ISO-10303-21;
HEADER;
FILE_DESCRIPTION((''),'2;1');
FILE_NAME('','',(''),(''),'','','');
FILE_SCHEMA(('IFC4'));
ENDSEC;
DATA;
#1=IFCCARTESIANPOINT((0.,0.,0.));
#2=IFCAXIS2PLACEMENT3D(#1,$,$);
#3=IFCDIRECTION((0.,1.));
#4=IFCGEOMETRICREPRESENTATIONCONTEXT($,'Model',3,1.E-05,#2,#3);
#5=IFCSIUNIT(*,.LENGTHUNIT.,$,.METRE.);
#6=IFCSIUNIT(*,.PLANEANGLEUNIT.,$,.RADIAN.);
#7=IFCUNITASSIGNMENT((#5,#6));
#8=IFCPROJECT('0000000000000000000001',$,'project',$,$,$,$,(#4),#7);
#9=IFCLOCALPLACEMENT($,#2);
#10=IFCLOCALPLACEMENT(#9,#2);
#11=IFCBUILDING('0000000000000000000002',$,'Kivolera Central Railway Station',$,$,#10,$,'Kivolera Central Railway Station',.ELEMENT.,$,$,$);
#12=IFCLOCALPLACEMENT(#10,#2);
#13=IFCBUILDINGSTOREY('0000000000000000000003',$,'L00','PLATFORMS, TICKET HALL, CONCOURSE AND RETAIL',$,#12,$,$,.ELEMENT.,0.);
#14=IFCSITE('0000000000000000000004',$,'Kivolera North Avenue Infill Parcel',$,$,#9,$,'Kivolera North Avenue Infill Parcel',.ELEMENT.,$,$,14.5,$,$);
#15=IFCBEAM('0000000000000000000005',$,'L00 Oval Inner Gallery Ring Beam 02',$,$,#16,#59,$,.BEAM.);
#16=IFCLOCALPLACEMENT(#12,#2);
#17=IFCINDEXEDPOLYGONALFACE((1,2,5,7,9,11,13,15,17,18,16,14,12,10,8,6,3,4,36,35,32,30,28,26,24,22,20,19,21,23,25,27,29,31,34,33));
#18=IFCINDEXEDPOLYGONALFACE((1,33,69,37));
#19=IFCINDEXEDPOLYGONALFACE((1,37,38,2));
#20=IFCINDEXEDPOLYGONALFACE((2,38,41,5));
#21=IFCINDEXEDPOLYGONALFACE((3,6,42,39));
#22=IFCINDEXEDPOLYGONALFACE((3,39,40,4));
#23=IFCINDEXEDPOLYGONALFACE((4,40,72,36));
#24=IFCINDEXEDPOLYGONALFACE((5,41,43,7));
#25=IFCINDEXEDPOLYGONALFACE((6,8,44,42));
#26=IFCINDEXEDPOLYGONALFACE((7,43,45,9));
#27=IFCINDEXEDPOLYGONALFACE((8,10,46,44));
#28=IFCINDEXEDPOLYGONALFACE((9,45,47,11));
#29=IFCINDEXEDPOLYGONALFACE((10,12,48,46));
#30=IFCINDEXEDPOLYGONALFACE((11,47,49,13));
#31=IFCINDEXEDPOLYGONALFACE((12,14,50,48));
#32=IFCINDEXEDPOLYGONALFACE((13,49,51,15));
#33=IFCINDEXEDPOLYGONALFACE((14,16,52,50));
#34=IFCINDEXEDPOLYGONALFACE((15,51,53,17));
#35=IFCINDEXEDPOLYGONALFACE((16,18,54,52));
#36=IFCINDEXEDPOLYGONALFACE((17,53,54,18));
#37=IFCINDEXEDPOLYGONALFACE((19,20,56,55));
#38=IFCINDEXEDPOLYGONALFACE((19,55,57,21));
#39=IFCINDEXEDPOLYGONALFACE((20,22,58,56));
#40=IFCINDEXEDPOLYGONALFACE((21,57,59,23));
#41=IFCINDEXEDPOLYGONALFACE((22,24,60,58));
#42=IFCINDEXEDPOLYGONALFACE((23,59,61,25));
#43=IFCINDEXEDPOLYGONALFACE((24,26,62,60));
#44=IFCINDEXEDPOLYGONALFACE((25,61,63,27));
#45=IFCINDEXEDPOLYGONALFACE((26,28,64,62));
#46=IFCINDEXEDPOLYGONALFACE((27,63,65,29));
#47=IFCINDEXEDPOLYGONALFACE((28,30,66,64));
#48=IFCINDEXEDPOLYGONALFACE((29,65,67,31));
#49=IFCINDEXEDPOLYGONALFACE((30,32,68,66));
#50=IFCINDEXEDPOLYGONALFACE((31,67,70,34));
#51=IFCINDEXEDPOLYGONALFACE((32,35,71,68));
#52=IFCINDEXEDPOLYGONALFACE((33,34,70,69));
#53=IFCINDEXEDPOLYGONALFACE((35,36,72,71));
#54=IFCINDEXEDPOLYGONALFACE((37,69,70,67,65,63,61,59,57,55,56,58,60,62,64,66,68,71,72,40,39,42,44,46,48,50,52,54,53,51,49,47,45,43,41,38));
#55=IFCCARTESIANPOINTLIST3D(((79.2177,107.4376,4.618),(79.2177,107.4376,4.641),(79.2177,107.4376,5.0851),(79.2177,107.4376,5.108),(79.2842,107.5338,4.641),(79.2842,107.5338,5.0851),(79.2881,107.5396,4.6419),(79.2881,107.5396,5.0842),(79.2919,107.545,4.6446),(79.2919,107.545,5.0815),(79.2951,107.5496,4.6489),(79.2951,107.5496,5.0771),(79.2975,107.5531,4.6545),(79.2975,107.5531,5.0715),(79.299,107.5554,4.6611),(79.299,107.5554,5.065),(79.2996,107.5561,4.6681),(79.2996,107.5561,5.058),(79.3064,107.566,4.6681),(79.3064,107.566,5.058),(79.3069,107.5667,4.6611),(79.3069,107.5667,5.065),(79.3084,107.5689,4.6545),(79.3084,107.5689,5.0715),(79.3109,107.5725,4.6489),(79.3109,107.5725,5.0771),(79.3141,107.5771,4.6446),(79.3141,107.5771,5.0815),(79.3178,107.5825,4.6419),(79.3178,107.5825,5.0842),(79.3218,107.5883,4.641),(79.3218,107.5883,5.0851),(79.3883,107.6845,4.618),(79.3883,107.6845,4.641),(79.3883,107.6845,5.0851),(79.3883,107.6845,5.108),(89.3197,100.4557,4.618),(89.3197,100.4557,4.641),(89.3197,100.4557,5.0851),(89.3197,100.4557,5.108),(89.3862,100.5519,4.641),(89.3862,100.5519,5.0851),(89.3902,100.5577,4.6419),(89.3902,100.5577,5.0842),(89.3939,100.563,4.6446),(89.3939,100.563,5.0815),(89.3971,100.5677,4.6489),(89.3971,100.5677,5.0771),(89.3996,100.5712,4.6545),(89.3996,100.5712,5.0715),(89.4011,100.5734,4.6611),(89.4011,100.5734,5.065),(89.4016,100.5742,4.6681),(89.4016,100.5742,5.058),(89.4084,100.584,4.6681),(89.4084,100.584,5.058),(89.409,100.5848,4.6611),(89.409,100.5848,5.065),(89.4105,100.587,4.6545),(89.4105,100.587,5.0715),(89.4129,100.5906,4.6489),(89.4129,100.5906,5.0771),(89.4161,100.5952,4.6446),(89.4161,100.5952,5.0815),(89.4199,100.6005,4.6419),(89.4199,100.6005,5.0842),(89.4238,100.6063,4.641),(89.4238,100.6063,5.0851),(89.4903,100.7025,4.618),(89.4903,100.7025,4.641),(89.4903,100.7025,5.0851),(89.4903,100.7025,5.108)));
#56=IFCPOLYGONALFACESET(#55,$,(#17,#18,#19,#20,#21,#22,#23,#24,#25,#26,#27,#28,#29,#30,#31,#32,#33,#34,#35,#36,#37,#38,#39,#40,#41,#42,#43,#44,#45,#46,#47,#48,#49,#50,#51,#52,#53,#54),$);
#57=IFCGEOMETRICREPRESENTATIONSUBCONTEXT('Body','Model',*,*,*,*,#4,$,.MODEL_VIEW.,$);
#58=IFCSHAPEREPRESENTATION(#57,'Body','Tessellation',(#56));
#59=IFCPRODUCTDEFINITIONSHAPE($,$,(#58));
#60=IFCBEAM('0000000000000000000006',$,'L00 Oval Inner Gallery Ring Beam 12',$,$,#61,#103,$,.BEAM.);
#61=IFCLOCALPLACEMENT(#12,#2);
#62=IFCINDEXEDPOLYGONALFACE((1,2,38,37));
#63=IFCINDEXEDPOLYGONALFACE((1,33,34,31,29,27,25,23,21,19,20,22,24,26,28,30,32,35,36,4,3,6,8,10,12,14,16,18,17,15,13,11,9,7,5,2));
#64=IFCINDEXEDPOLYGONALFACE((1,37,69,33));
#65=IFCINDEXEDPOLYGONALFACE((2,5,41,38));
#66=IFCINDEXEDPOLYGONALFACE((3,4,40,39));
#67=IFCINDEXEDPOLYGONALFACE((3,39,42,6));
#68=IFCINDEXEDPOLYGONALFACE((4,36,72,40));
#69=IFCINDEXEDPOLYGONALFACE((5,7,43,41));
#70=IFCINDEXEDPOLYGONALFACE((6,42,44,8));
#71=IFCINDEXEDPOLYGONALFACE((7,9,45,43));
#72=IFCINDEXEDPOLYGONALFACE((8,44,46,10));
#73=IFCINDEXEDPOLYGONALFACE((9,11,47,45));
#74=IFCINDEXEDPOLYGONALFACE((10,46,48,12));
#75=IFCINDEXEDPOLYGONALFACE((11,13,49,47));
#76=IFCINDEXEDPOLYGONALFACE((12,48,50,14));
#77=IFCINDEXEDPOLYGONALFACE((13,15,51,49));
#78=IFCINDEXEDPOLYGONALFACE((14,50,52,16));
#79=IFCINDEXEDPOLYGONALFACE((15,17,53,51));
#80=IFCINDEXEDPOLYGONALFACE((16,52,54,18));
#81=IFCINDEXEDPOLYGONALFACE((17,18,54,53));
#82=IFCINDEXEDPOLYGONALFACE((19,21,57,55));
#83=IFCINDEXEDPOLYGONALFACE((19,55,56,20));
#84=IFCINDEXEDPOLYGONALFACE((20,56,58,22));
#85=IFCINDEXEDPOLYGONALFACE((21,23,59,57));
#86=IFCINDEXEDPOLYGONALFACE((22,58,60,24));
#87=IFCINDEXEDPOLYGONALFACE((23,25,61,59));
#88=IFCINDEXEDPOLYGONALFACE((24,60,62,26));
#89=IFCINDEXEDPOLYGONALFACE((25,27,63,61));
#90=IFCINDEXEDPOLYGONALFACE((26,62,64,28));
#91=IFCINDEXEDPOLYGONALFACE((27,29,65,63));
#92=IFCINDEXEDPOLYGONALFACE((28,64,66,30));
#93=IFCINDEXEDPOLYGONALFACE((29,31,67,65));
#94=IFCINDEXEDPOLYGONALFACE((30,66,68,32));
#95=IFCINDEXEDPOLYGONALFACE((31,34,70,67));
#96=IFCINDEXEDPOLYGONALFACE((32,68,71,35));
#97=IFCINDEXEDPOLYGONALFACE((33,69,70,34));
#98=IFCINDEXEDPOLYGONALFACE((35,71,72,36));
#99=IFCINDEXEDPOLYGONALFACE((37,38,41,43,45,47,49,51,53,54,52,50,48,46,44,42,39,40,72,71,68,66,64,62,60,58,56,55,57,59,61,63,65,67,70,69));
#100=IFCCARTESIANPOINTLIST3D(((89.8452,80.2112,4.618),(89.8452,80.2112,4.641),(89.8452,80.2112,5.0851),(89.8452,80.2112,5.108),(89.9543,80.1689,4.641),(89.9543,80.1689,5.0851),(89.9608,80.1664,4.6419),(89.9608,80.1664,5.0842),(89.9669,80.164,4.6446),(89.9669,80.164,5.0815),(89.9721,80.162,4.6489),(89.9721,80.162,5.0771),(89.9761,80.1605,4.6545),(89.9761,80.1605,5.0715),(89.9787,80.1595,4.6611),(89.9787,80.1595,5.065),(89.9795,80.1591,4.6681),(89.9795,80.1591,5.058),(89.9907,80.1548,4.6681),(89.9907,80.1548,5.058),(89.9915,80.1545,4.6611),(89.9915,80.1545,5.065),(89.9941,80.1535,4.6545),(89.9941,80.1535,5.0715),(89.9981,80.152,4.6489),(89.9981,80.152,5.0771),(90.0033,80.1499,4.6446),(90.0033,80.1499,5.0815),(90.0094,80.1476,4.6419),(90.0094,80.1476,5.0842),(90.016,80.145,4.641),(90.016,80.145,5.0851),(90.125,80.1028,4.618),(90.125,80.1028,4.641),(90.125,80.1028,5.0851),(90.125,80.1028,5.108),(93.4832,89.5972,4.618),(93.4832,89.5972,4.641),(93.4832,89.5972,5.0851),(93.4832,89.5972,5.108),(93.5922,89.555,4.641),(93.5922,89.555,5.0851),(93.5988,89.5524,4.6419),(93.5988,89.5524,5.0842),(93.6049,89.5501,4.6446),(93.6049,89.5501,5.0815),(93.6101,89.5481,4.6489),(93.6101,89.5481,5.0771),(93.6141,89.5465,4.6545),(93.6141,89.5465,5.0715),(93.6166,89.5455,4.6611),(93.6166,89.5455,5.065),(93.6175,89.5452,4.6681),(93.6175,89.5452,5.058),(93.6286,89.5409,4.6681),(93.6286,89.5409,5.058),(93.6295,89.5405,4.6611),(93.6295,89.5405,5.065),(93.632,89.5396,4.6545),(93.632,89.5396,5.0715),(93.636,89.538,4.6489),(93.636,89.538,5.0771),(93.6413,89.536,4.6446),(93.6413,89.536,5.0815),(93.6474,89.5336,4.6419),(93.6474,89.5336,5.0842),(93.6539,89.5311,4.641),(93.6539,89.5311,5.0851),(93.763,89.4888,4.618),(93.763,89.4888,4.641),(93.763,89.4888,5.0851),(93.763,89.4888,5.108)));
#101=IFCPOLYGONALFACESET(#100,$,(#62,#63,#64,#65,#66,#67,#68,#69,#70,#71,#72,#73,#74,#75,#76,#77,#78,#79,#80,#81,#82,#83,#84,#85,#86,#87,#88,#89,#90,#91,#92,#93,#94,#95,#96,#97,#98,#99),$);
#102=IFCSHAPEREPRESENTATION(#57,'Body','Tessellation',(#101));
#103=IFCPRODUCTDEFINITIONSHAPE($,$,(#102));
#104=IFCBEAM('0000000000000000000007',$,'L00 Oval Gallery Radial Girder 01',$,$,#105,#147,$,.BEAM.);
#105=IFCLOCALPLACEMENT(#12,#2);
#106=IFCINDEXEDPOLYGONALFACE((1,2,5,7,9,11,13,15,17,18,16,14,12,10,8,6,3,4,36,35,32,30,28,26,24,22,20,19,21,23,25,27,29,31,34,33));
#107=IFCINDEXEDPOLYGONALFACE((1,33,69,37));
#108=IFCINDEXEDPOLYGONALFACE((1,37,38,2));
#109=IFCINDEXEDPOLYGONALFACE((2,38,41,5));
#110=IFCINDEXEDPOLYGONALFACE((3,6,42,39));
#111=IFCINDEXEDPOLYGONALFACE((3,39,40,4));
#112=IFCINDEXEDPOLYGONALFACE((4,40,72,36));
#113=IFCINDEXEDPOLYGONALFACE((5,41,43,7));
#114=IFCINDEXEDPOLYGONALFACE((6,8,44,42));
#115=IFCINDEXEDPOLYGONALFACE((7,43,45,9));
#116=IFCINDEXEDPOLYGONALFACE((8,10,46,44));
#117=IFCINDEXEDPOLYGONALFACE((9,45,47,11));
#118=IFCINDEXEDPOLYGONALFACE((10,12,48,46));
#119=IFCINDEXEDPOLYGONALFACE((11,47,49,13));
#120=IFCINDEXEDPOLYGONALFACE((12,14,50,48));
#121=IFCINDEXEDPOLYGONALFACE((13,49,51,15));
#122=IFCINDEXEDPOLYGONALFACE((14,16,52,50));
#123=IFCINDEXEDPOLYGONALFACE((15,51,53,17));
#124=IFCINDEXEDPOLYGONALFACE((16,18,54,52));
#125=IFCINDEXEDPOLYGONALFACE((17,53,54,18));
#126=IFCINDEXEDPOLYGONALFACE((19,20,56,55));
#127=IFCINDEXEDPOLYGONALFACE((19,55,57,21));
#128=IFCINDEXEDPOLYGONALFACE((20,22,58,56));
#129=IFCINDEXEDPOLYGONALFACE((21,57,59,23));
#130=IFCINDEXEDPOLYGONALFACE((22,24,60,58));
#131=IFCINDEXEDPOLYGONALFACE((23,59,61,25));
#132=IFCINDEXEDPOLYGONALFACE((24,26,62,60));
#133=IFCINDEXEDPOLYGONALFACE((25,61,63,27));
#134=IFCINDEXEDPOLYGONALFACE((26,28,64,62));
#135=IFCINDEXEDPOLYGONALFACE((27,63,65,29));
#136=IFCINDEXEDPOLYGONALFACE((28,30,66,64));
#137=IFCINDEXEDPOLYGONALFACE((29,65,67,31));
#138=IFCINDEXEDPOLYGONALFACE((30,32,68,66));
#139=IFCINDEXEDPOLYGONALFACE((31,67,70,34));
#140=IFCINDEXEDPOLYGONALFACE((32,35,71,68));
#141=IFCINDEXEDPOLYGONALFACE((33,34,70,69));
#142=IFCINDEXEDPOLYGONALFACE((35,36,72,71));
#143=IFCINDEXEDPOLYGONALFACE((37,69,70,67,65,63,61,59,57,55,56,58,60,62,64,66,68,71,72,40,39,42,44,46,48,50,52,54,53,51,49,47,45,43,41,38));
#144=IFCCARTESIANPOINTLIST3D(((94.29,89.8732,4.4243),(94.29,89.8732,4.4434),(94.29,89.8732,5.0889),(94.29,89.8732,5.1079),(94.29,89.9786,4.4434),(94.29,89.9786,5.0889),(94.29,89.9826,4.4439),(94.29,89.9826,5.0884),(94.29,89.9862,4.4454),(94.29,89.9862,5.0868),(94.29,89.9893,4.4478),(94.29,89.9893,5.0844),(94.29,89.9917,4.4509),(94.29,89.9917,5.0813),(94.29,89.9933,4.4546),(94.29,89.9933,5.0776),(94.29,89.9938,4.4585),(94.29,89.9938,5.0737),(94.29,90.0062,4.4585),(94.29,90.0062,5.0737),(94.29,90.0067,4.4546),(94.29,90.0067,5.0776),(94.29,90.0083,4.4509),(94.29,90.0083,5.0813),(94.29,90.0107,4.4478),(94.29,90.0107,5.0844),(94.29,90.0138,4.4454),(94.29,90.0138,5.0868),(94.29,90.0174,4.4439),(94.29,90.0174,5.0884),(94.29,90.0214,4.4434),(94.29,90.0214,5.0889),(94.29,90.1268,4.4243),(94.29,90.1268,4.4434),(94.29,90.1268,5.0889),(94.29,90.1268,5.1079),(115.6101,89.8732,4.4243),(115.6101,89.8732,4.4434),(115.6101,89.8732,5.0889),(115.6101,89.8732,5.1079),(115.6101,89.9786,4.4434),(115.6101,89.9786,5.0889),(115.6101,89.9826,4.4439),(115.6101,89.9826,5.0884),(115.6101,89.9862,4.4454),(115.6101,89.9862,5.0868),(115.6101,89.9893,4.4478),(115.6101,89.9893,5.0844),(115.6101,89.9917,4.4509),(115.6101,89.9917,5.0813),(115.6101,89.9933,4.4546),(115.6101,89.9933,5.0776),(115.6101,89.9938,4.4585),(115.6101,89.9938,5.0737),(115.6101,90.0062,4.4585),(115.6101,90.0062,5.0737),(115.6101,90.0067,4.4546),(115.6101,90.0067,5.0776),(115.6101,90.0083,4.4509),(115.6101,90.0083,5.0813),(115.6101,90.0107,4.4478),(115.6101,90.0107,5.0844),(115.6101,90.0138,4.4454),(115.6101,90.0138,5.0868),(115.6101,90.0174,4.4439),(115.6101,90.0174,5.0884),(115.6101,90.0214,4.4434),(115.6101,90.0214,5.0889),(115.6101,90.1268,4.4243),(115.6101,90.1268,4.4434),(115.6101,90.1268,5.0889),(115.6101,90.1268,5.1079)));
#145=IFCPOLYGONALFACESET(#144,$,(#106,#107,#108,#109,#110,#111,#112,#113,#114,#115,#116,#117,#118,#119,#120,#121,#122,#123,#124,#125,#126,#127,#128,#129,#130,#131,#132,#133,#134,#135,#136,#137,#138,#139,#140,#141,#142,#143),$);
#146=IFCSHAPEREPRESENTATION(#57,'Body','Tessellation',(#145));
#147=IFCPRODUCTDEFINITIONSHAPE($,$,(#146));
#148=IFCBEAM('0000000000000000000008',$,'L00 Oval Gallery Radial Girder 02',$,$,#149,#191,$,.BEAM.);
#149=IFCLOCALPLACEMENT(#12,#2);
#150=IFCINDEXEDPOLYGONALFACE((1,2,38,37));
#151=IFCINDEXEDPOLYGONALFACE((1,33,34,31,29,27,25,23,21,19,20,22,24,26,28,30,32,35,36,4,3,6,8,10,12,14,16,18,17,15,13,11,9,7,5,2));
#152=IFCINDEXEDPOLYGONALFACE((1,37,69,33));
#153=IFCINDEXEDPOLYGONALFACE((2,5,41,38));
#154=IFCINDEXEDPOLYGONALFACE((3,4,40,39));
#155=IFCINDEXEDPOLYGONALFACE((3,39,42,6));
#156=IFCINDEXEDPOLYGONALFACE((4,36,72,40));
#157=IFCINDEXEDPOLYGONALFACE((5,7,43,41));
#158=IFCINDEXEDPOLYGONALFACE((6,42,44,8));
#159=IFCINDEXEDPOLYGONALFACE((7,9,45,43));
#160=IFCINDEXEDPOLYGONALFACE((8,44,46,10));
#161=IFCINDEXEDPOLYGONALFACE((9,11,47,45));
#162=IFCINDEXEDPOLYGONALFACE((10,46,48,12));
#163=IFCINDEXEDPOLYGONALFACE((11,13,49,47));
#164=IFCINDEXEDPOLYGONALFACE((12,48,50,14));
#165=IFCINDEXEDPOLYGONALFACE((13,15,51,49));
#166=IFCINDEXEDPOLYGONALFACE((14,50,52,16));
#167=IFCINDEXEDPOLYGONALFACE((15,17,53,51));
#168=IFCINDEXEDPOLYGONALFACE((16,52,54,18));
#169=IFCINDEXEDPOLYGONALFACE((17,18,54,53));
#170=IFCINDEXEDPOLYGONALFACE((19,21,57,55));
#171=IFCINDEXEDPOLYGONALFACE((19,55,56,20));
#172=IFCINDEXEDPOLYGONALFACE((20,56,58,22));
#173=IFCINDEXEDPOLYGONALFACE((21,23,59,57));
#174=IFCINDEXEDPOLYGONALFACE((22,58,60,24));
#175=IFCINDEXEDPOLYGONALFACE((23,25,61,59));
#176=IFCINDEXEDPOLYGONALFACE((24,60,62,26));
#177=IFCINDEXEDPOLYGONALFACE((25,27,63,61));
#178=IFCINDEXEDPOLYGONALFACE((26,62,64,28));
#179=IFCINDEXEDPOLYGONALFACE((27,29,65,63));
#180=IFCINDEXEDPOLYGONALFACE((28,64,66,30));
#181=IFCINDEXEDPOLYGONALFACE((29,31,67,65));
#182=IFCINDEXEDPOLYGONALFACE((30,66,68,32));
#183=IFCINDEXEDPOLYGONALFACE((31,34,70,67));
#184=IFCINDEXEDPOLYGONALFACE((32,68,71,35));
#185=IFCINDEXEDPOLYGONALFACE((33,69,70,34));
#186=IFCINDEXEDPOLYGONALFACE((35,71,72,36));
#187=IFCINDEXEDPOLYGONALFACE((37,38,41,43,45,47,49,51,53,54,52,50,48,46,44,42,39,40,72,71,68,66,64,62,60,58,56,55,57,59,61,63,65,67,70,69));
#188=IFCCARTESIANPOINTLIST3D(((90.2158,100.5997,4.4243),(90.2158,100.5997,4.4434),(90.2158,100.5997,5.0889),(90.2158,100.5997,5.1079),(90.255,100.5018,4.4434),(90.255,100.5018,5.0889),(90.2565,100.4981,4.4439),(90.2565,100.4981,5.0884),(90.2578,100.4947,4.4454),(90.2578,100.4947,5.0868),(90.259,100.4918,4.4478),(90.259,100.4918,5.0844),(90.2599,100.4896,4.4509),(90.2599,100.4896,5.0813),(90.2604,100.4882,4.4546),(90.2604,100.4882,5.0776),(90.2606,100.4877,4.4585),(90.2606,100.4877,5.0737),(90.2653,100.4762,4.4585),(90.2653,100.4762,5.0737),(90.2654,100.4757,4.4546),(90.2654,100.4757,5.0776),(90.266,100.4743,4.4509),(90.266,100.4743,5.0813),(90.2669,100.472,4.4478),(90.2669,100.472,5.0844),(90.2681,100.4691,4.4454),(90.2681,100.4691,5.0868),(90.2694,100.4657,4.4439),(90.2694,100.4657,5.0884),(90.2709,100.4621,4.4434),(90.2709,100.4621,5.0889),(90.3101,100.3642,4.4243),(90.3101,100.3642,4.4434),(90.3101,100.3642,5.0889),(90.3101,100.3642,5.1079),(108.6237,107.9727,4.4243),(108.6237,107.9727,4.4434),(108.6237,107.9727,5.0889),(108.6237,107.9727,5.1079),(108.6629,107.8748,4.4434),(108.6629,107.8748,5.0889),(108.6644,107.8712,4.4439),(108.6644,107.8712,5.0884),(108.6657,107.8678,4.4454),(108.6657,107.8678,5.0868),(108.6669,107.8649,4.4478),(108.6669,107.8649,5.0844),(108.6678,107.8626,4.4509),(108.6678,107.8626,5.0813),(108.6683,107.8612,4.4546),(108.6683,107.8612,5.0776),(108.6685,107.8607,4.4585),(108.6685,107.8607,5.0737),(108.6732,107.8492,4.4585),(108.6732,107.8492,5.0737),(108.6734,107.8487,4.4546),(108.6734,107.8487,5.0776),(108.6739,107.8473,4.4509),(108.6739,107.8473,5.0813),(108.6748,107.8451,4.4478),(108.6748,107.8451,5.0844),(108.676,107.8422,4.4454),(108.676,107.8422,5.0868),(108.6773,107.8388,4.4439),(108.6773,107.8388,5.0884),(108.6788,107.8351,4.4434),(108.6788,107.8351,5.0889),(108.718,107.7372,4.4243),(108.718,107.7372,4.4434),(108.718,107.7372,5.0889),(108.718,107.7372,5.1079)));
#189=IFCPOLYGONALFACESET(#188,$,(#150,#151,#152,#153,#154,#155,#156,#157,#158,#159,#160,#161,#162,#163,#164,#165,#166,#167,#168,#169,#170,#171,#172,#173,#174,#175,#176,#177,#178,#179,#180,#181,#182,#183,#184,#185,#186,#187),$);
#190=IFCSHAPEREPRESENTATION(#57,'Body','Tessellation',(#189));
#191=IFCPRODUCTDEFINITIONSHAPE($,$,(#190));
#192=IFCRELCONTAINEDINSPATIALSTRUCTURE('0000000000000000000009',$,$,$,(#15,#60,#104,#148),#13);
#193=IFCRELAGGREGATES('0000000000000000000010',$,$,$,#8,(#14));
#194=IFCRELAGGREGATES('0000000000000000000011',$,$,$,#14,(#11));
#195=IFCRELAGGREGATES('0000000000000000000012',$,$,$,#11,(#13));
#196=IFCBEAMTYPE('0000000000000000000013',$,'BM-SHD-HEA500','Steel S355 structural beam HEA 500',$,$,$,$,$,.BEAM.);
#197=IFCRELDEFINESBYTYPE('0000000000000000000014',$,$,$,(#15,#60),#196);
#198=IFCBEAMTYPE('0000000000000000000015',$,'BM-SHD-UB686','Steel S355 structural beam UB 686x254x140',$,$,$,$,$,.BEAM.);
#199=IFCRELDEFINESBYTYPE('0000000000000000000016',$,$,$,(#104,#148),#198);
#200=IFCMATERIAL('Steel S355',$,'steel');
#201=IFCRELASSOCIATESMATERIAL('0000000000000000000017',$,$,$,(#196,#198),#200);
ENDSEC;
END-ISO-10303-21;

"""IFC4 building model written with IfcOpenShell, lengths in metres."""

from ifc_helpers import new_model, si_unit, direction, frame, origin, origin_2d, place, context, subcontext, project, spatial, i_section, extrude, material, material_profile, profile_set, type_object, element, save


model = new_model("IFC4")

# Units and contexts
model_context = context("Model", 3, precision=1e-05, world=origin(), true_north=direction((0.0, 1.0)))
body_context = subcontext(model_context, "Body", "Model", "MODEL_VIEW")
ifc_project = project(units=[si_unit("LENGTHUNIT", "METRE"), si_unit("PLANEANGLEUNIT", "RADIAN")], contexts=[model_context])

# Site, building, storey
site_placement = place(None, origin())
site = spatial("IfcSite", under=ifc_project, at=site_placement, Name="Kivolera North Avenue Infill Parcel", LongName="Kivolera North Avenue Infill Parcel", CompositionType="ELEMENT", RefElevation=14.5)
building_placement = place(site_placement, origin())
building = spatial("IfcBuilding", under=site, at=building_placement, Name="Kivolera Central Railway Station", LongName="Kivolera Central Railway Station", CompositionType="ELEMENT")
storey_placement = place(building_placement, origin())
storey = spatial("IfcBuildingStorey", under=building, at=storey_placement, Name="L00", Description="PLATFORMS, TICKET HALL, CONCOURSE AND RETAIL", CompositionType="ELEMENT", Elevation=0.0)

# Beams
ifc_material_1 = material(Name="Steel S355", Category="steel")
ifc_material_profile_1 = material_profile(ifc_material_1, i_section(OverallWidth=0.3, OverallDepth=0.49, WebThickness=0.012, FlangeThickness=0.0229, FilletRadius=0.0271, at=origin_2d()), Name="HEA 500")
ifc_profile_set_1 = profile_set([ifc_material_profile_1], Name="Steel S355")
beam_type_1 = type_object("IfcBeamType", Name="BM-SHD-HEA500", Description="Steel S355 structural beam HEA 500", PredefinedType="BEAM", material=ifc_profile_set_1)
beam_1_placement = place(storey_placement, frame((89.405, 100.5791, 4.863), z_axis=(-0.822641, 0.568561, 0.0), x_axis=(-0.568561, -0.822641, 0.0)))
element("IfcBeam", 1, at=beam_1_placement, inside=storey, type_object=beam_type_1, Name="L00 Oval Inner Gallery Ring Beam 02", PredefinedType="BEAM", context=body_context, shape_type="SweptSolid", body=[
    extrude(i_section(OverallWidth=0.3, OverallDepth=0.49, WebThickness=0.012, FlangeThickness=0.0229, FilletRadius=0.0271, at=origin_2d()), origin(), (0.0, 0.0, 1.0), 12.28),
])
beam_2_placement = place(storey_placement, frame((89.9851, 80.157, 4.863), z_axis=(0.361396, 0.932412, 0.0), x_axis=(-0.932412, 0.361396, 0.0)))
element("IfcBeam", 2, at=beam_2_placement, inside=storey, type_object=beam_type_1, Name="L00 Oval Inner Gallery Ring Beam 12", PredefinedType="BEAM", context=body_context, shape_type="SweptSolid", body=[
    extrude(i_section(OverallWidth=0.3, OverallDepth=0.49, WebThickness=0.012, FlangeThickness=0.0229, FilletRadius=0.0271, at=origin_2d()), origin(), (0.0, 0.0, 1.0), 10.0664),
])
ifc_material_profile_2 = material_profile(ifc_material_1, i_section(OverallWidth=0.2537, OverallDepth=0.6836, WebThickness=0.0125, FlangeThickness=0.019, FilletRadius=0.0151, at=origin_2d()), Name="UB 686x254x140")
ifc_profile_set_2 = profile_set([ifc_material_profile_2], Name="Steel S355")
beam_type_2 = type_object("IfcBeamType", Name="BM-SHD-UB686", Description="Steel S355 structural beam UB 686x254x140", PredefinedType="BEAM", material=ifc_profile_set_2)
beam_3_placement = place(storey_placement, frame((94.29, 90.0, 4.7661), z_axis=(1.0, 0.0, 0.0), x_axis=(0.0, 1.0, 0.0)))
element("IfcBeam", 3, at=beam_3_placement, inside=storey, type_object=beam_type_2, Name="L00 Oval Gallery Radial Girder 01", PredefinedType="BEAM", context=body_context, shape_type="SweptSolid", body=[
    extrude(i_section(OverallWidth=0.2537, OverallDepth=0.6836, WebThickness=0.0125, FlangeThickness=0.019, FilletRadius=0.0151, at=origin_2d()), origin(), (0.0, 0.0, 1.0), 21.3201),
])
for number, where, z_axis, x_axis, name in (
    (4, (90.2629, 100.4819, 4.7661), (0.928305, 0.371819, 0.0), (-0.371819, 0.928305, 0.0), "L00 Oval Gallery Radial Girder 02"),
):
    element("IfcBeam", number, at=place(storey_placement, frame(where, z_axis=z_axis, x_axis=x_axis)), inside=storey, type_object=beam_type_2, Name=name, PredefinedType="BEAM", context=body_context, shape_type="SweptSolid", body=[
        extrude(i_section(OverallWidth=0.2537, OverallDepth=0.6836, WebThickness=0.0125, FlangeThickness=0.019, FilletRadius=0.0151, at=origin_2d()), origin(), (0.0, 0.0, 1.0), 19.8296),
    ])

save(model, "model.ifc")
